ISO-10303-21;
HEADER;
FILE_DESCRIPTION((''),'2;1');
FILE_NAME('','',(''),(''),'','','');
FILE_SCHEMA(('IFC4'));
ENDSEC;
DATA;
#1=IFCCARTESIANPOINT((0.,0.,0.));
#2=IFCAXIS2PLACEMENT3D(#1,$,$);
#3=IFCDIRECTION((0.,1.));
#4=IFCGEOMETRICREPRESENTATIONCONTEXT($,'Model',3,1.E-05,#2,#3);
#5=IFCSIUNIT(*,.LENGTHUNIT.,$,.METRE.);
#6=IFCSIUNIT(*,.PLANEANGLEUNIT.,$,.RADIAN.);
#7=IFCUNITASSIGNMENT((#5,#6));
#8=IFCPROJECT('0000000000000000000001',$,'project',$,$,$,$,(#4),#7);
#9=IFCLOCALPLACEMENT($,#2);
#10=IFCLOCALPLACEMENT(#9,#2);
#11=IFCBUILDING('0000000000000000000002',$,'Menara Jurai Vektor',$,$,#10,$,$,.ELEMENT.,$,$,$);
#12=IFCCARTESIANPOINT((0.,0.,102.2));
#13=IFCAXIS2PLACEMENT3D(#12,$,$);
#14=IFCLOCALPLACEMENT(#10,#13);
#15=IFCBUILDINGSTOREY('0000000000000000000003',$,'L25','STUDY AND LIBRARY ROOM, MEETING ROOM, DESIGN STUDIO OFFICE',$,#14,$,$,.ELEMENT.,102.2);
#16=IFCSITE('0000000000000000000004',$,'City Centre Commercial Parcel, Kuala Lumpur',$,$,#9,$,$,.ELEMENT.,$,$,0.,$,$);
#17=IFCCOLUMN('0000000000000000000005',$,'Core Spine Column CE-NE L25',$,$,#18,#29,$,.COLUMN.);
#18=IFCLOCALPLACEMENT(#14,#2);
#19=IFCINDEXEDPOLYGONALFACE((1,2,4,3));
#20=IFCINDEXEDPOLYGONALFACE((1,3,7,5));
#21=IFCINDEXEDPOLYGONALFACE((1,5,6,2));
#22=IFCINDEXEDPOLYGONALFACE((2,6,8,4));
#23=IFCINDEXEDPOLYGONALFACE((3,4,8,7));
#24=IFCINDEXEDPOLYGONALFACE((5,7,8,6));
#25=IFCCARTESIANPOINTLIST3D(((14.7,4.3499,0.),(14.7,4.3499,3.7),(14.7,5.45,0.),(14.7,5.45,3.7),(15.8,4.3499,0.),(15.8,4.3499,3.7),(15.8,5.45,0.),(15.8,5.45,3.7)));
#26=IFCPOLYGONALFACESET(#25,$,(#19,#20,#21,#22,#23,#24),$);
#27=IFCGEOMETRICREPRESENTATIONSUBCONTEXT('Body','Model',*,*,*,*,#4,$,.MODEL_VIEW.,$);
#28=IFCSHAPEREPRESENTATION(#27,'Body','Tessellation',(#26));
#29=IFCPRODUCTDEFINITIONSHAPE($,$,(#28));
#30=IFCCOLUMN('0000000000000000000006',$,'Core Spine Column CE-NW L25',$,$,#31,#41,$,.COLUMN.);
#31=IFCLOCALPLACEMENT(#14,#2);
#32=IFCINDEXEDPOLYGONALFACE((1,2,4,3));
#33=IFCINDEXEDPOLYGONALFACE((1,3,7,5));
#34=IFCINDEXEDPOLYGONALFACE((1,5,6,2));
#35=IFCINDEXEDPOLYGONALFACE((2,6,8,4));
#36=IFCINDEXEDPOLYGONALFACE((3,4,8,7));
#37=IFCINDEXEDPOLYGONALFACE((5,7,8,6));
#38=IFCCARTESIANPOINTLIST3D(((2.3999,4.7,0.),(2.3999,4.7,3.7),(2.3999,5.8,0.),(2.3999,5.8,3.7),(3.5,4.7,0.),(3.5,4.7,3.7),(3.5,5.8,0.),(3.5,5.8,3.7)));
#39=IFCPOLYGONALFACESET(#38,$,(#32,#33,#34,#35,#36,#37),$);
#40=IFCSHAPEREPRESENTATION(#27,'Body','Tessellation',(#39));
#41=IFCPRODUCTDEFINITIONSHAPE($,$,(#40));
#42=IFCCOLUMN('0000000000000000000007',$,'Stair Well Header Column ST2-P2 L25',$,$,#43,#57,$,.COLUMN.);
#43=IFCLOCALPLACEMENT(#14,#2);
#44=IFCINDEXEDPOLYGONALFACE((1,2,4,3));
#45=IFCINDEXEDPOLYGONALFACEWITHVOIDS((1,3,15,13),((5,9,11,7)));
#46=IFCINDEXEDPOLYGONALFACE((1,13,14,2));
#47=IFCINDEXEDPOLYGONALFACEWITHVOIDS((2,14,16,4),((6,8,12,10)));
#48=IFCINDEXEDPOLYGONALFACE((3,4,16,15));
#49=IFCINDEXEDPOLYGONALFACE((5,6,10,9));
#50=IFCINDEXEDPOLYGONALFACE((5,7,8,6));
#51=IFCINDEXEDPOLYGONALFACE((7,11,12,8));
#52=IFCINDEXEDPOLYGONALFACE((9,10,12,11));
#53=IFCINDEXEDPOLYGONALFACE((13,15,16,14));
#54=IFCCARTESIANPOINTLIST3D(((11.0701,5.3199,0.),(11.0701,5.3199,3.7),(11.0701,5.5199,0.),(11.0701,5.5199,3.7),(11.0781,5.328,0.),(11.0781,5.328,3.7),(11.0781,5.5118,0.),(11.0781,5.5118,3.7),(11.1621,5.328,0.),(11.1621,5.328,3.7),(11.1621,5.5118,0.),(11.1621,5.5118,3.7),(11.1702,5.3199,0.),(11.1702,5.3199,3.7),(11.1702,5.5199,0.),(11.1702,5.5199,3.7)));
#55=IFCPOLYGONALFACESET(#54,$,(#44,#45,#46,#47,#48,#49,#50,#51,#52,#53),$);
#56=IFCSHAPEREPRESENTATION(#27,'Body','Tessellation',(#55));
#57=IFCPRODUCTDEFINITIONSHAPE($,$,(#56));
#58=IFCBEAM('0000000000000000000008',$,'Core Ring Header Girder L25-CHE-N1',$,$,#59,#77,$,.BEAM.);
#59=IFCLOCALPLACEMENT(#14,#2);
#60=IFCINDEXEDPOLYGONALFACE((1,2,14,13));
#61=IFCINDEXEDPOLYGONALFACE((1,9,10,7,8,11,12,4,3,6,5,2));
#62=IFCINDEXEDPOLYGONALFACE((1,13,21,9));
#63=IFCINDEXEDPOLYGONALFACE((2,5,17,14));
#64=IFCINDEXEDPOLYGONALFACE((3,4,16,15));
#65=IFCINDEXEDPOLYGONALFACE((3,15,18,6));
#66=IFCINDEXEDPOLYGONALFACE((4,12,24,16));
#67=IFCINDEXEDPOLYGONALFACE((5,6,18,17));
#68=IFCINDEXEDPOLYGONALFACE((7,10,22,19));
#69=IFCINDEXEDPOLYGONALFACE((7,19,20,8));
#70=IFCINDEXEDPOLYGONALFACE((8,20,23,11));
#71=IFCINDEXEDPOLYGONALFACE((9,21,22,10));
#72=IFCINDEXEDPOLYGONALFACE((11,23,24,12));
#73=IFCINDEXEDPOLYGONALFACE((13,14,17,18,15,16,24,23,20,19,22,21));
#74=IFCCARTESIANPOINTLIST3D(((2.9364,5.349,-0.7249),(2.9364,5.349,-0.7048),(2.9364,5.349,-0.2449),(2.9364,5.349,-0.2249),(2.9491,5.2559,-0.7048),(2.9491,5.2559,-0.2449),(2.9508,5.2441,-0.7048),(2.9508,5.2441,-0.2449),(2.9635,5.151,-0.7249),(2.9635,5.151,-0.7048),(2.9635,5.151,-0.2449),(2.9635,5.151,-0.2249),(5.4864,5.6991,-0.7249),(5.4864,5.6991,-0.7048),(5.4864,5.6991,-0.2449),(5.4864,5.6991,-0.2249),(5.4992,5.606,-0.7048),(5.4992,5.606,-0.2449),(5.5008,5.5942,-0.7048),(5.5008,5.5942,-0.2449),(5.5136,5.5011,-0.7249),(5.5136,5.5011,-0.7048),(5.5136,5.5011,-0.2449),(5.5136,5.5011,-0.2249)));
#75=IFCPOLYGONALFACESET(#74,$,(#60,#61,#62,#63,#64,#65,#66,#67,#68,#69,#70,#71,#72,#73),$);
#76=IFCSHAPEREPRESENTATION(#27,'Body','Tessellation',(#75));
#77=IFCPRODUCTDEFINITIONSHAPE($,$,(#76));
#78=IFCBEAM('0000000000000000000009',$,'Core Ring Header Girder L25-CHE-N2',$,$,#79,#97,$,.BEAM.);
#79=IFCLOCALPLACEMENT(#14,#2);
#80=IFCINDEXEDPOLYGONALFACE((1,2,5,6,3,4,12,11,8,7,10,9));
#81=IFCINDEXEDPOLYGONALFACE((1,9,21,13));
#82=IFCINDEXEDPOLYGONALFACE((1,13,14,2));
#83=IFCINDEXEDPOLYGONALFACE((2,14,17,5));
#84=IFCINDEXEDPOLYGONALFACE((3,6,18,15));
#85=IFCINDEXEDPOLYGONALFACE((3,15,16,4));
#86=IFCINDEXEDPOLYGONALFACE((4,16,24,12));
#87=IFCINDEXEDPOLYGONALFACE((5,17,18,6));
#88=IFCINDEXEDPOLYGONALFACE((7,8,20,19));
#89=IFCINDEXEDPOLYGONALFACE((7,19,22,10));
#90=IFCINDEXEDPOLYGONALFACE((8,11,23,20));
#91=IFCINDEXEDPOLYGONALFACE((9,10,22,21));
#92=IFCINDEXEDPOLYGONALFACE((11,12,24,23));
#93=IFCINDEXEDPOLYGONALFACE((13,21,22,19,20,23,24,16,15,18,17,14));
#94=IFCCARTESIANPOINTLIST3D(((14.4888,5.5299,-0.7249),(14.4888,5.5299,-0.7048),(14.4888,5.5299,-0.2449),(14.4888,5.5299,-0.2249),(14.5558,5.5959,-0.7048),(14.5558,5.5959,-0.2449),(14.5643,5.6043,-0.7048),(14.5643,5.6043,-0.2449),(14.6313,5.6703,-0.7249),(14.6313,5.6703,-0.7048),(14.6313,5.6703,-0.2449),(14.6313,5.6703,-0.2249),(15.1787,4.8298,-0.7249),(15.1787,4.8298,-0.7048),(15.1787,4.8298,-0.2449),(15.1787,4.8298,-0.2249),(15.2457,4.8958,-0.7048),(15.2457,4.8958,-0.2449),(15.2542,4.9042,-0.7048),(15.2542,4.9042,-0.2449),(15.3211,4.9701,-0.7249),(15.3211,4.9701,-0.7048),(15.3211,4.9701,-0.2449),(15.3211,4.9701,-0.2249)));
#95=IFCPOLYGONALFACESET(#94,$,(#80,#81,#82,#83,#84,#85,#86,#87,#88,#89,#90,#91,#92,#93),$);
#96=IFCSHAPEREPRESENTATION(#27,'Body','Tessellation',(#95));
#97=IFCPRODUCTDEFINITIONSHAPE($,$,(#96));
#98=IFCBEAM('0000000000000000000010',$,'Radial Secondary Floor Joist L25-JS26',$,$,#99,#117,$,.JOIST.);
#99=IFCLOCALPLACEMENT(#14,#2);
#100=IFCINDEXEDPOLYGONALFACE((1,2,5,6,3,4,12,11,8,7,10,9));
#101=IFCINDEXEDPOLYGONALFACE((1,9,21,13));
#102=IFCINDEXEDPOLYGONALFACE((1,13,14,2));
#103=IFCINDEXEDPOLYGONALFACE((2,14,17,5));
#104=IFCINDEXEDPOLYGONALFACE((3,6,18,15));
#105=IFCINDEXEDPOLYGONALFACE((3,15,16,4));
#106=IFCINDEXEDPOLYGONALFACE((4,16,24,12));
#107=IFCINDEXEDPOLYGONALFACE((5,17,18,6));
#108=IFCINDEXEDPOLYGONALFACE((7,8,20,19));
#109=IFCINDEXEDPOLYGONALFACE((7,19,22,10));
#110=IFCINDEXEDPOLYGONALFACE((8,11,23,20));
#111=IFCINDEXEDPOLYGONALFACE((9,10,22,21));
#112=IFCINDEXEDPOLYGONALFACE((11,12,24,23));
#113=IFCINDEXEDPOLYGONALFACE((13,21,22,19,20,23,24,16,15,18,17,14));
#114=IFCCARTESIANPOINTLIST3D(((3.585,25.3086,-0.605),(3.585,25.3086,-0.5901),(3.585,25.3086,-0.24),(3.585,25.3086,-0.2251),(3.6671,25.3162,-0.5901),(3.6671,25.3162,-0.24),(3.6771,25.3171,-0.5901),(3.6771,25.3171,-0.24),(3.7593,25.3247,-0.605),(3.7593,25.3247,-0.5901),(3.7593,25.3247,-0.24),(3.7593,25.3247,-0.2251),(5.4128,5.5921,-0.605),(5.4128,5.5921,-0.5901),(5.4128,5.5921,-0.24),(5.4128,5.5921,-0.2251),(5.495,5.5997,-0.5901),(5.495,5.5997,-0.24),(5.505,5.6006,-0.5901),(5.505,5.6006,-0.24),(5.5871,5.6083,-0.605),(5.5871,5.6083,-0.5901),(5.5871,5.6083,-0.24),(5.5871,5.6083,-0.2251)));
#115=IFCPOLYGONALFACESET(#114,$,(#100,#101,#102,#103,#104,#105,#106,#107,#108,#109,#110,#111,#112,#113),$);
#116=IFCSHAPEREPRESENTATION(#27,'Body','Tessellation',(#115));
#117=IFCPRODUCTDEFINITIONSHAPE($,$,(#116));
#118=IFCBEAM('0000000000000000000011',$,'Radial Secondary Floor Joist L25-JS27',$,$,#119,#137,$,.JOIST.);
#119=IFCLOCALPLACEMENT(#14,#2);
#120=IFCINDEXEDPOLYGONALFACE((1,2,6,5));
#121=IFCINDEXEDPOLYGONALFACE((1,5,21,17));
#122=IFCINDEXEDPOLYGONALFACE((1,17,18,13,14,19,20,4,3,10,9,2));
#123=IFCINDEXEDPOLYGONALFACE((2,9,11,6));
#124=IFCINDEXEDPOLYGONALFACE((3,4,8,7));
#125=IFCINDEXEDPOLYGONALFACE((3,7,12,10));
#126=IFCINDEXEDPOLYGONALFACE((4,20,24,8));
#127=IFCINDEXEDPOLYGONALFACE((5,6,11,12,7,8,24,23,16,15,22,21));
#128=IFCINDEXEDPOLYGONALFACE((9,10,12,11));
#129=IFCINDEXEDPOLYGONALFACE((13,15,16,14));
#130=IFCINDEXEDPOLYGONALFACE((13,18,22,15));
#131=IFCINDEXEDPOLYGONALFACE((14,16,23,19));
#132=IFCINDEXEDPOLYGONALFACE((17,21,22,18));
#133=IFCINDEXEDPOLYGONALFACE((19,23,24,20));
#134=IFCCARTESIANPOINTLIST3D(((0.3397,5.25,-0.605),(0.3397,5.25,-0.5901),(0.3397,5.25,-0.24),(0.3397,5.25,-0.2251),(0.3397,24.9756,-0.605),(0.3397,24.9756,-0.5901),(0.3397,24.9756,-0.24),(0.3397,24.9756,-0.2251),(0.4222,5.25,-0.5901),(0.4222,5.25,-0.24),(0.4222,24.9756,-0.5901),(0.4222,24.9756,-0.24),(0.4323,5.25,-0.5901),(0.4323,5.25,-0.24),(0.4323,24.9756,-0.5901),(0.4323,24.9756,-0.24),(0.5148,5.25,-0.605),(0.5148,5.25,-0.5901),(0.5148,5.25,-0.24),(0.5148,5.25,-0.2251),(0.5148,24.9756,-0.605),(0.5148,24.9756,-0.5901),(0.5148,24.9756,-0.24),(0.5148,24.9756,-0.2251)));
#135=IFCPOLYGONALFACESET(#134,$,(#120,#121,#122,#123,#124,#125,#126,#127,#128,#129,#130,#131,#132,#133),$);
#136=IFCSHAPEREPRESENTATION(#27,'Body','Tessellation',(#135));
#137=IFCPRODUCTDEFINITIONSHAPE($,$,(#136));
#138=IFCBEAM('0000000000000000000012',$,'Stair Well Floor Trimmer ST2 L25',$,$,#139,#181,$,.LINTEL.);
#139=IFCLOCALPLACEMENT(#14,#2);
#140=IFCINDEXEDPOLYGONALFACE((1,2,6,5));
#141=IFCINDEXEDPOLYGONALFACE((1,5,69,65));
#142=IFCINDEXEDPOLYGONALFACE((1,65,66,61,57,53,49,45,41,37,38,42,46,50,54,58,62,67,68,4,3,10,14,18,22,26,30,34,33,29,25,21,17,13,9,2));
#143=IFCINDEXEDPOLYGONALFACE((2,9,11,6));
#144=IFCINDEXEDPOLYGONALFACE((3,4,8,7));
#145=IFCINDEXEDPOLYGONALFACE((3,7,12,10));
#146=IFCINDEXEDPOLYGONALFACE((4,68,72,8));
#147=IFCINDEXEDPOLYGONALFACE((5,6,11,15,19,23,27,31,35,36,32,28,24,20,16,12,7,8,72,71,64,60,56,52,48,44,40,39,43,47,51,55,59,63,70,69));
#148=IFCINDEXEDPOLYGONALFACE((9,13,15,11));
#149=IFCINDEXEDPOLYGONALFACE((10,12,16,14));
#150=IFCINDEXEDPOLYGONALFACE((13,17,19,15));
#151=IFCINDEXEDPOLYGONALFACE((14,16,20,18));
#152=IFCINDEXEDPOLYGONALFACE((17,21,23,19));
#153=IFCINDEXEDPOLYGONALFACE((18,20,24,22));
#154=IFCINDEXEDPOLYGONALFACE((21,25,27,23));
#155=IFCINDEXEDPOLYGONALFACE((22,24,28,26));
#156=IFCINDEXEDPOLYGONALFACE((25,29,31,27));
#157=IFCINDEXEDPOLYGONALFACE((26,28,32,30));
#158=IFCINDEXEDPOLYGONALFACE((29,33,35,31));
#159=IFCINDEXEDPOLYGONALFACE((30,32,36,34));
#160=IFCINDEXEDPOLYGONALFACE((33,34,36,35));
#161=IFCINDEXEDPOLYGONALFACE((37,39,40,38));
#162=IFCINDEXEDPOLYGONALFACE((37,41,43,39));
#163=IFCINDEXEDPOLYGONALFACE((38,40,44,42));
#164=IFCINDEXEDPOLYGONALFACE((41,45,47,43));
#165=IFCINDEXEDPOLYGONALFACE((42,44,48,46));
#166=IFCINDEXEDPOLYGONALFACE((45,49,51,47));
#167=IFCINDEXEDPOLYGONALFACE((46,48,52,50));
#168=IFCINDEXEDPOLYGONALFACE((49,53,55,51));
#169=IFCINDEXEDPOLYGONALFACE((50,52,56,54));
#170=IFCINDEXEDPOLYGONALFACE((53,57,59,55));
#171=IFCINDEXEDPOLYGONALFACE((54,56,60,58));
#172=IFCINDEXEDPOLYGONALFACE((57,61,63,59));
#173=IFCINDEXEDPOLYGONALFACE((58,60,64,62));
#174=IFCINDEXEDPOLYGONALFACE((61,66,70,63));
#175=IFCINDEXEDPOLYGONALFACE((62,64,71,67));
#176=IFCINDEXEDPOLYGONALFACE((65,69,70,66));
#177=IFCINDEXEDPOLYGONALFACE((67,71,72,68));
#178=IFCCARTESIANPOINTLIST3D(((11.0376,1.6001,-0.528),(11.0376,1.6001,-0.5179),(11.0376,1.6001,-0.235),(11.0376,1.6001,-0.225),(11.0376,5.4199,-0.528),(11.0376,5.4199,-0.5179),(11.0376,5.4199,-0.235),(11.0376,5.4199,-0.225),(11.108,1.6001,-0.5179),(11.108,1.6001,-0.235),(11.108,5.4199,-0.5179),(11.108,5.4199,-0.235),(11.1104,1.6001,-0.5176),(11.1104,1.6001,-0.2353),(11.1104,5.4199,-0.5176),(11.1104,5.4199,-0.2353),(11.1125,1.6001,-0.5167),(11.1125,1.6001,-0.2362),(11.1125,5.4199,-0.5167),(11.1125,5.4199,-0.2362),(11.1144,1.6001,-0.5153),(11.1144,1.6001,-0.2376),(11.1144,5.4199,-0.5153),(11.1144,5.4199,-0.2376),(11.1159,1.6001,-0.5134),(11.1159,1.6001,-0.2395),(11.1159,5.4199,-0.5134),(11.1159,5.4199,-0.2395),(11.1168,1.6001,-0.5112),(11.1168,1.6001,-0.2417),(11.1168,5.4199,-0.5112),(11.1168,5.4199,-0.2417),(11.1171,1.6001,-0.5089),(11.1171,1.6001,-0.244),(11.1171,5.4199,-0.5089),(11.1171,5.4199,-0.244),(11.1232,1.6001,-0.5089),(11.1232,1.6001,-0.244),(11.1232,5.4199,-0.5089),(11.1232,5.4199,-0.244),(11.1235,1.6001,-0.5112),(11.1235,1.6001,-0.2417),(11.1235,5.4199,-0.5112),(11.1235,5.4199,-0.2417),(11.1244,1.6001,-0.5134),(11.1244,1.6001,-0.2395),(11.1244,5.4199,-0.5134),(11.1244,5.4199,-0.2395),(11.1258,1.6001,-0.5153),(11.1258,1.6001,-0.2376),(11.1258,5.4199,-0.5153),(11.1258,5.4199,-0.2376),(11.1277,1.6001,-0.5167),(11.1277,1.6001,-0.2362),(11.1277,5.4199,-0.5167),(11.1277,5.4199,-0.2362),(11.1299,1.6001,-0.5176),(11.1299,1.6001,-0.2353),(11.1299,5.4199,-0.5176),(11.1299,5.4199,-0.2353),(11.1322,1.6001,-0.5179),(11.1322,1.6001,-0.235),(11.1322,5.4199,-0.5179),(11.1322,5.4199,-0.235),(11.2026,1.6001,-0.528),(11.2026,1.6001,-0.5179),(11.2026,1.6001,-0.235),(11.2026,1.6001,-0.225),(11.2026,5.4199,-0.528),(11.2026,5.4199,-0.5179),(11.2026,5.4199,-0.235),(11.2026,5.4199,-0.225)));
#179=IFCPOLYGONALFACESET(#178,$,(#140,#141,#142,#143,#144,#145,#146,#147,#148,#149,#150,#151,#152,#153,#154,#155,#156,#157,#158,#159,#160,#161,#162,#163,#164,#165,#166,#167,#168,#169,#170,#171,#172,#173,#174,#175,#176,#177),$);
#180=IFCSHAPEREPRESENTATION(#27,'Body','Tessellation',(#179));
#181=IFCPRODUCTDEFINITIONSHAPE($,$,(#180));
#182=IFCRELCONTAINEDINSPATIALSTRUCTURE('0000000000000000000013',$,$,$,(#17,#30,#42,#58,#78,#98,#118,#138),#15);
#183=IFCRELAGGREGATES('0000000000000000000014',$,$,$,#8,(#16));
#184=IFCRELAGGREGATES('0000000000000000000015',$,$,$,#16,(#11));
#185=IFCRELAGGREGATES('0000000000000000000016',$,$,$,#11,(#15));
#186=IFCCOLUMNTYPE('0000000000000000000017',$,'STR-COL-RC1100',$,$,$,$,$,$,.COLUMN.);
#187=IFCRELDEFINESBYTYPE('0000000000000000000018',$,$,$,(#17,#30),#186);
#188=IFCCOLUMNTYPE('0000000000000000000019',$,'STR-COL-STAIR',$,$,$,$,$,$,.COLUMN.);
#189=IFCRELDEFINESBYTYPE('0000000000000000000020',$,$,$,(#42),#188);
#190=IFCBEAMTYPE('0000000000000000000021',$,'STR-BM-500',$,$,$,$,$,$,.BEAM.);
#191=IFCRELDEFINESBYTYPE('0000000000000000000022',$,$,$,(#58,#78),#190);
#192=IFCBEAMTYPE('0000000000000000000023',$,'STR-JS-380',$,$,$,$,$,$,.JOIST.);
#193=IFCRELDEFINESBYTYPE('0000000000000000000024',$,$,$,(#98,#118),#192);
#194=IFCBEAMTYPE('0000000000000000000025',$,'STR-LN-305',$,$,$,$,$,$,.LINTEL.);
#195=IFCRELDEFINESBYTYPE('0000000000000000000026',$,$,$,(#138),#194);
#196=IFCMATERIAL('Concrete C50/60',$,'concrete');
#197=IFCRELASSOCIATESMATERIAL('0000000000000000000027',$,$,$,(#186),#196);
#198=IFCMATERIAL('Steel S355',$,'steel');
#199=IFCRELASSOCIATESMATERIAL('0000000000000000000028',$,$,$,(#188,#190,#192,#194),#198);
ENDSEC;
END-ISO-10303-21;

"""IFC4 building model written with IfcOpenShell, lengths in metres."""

from ifc_helpers import new_model, si_unit, direction, frame, origin, origin_2d, place, context, subcontext, project, spatial, rectangle, hollow_rectangle, i_section, extrude, material, material_profile, profile_set, type_object, element, save


model = new_model("IFC4")

# Units and contexts
model_context = context("Model", 3, precision=1e-05, world=origin(), true_north=direction((0.0, 1.0)))
body_context = subcontext(model_context, "Body", "Model", "MODEL_VIEW")
ifc_project = project(units=[si_unit("LENGTHUNIT", "METRE"), si_unit("PLANEANGLEUNIT", "RADIAN")], contexts=[model_context])

# Site, building, storey
site_placement = place(None, origin())
site = spatial("IfcSite", under=ifc_project, at=site_placement, Name="City Centre Commercial Parcel, Kuala Lumpur", CompositionType="ELEMENT", RefElevation=0.0)
building_placement = place(site_placement, origin())
building = spatial("IfcBuilding", under=site, at=building_placement, Name="Menara Jurai Vektor", CompositionType="ELEMENT")
storey_placement = place(building_placement, frame((0.0, 0.0, 102.2)))
storey = spatial("IfcBuildingStorey", under=building, at=storey_placement, Name="L25", Description="STUDY AND LIBRARY ROOM, MEETING ROOM, DESIGN STUDIO OFFICE", CompositionType="ELEMENT", Elevation=102.2)

# Columns
ifc_material_1 = material(Name="Concrete C50/60", Category="concrete")
ifc_material_profile_1 = material_profile(ifc_material_1, rectangle(XDim=1.1001, YDim=1.1001, at=origin_2d()), Name="RC 1100x1100")
ifc_profile_set_1 = profile_set([ifc_material_profile_1], Name="Concrete C50/60")
column_type_1 = type_object("IfcColumnType", Name="STR-COL-RC1100", PredefinedType="COLUMN", material=ifc_profile_set_1)
for number, where, z_axis, x_axis, name in (
    (1, (15.25, 4.8999, 0.0), (0.0, 0.0, 1.0), (1.0, 0.0, 0.0), "Core Spine Column CE-NE L25"),
    (2, (2.95, 5.25, 0.0), (0.0, 0.0, 1.0), (1.0, 0.0, 0.0), "Core Spine Column CE-NW L25"),
):
    element("IfcColumn", number, at=place(storey_placement, frame(where, z_axis=z_axis, x_axis=x_axis)), inside=storey, type_object=column_type_1, Name=name, PredefinedType="COLUMN", context=body_context, shape_type="SweptSolid", body=[
        extrude(rectangle(XDim=1.1001, YDim=1.1001, at=origin_2d()), origin(), (0.0, 0.0, 1.0), 3.7),
    ])
ifc_material_2 = material(Name="Steel S355", Category="steel")
ifc_material_profile_2 = material_profile(ifc_material_2, hollow_rectangle(XDim=0.1001, YDim=0.2, WallThickness=0.0081, at=origin_2d()), Name="RHS 200x100x8")
ifc_profile_set_2 = profile_set([ifc_material_profile_2], Name="Steel S355")
column_type_2 = type_object("IfcColumnType", Name="STR-COL-STAIR", PredefinedType="COLUMN", material=ifc_profile_set_2)
column_placement = place(storey_placement, frame((11.1201, 5.4199, 0.0), z_axis=(0.0, 0.0, 1.0), x_axis=(1.0, 0.0, 0.0)))
element("IfcColumn", 3, at=column_placement, inside=storey, type_object=column_type_2, Name="Stair Well Header Column ST2-P2 L25", PredefinedType="COLUMN", context=body_context, shape_type="SweptSolid", body=[
    extrude(hollow_rectangle(XDim=0.1001, YDim=0.2, WallThickness=0.0081, at=origin_2d()), origin(), (0.0, 0.0, 1.0), 3.7),
])

# Beams
ifc_material_profile_3 = material_profile(ifc_material_2, i_section(OverallWidth=0.2, OverallDepth=0.5, WebThickness=0.012, FlangeThickness=0.02, at=origin_2d()), Name="PG 500x200x96")
ifc_profile_set_3 = profile_set([ifc_material_profile_3], Name="Steel S355")
beam_type_1 = type_object("IfcBeamType", Name="STR-BM-500", PredefinedType="BEAM", material=ifc_profile_set_3)
beam_1_placement = place(storey_placement, frame((2.95, 5.25, -0.4749), z_axis=(0.990707, 0.136015, 0.0), x_axis=(-0.136015, 0.990707, 0.0)))
element("IfcBeam", 4, at=beam_1_placement, inside=storey, type_object=beam_type_1, Name="Core Ring Header Girder L25-CHE-N1", PredefinedType="BEAM", context=body_context, shape_type="SweptSolid", body=[
    extrude(i_section(OverallWidth=0.2, OverallDepth=0.5, WebThickness=0.012, FlangeThickness=0.02, at=origin_2d()), origin(), (0.0, 0.0, 1.0), 2.574),
])
beam_2_placement = place(storey_placement, frame((14.5601, 5.6001, -0.4749), z_axis=(0.701872, -0.712303, 0.0), x_axis=(0.712303, 0.701872, 0.0)))
element("IfcBeam", 5, at=beam_2_placement, inside=storey, type_object=beam_type_1, Name="Core Ring Header Girder L25-CHE-N2", PredefinedType="BEAM", context=body_context, shape_type="SweptSolid", body=[
    extrude(i_section(OverallWidth=0.2, OverallDepth=0.5, WebThickness=0.012, FlangeThickness=0.02, at=origin_2d()), origin(), (0.0, 0.0, 1.0), 0.9829),
])
ifc_material_profile_4 = material_profile(ifc_material_2, i_section(OverallWidth=0.175, OverallDepth=0.3799, WebThickness=0.01, FlangeThickness=0.0149, at=origin_2d()), Name="PG 380x175x58")
ifc_profile_set_4 = profile_set([ifc_material_profile_4], Name="Steel S355")
beam_type_2 = type_object("IfcBeamType", Name="STR-JS-380", PredefinedType="JOIST", material=ifc_profile_set_4)
beam_3_placement = place(storey_placement, frame((3.6721, 25.3167, -0.415), z_axis=(0.092312, -0.99573, 0.0), x_axis=(0.99573, 0.092312, 0.0)))
element("IfcBeam", 6, at=beam_3_placement, inside=storey, type_object=beam_type_2, Name="Radial Secondary Floor Joist L25-JS26", PredefinedType="JOIST", context=body_context, shape_type="SweptSolid", body=[
    extrude(i_section(OverallWidth=0.175, OverallDepth=0.3799, WebThickness=0.01, FlangeThickness=0.0149, at=origin_2d()), origin(), (0.0, 0.0, 1.0), 19.801),
])
beam_4_placement = place(storey_placement, frame((0.4272, 24.9756, -0.415), z_axis=(0.0, -1.0, 0.0), x_axis=(1.0, 0.0, 0.0)))
element("IfcBeam", 7, at=beam_4_placement, inside=storey, type_object=beam_type_2, Name="Radial Secondary Floor Joist L25-JS27", PredefinedType="JOIST", context=body_context, shape_type="SweptSolid", body=[
    extrude(i_section(OverallWidth=0.175, OverallDepth=0.3799, WebThickness=0.01, FlangeThickness=0.0149, at=origin_2d()), origin(), (0.0, 0.0, 1.0), 19.7256),
])
ifc_material_profile_5 = material_profile(ifc_material_2, i_section(OverallWidth=0.165, OverallDepth=0.303, WebThickness=0.0061, FlangeThickness=0.01, FilletRadius=0.009, at=origin_2d()), Name="UKB 305x165x40")
ifc_profile_set_5 = profile_set([ifc_material_profile_5], Name="Steel S355")
beam_type_3 = type_object("IfcBeamType", Name="STR-LN-305", PredefinedType="LINTEL", material=ifc_profile_set_5)
beam_5_placement = place(storey_placement, frame((11.1201, 1.6001, -0.3765), z_axis=(0.0, 1.0, 0.0), x_axis=(-1.0, 0.0, 0.0)))
element("IfcBeam", 8, at=beam_5_placement, inside=storey, type_object=beam_type_3, Name="Stair Well Floor Trimmer ST2 L25", PredefinedType="LINTEL", context=body_context, shape_type="SweptSolid", body=[
    extrude(i_section(OverallWidth=0.165, OverallDepth=0.303, WebThickness=0.0061, FlangeThickness=0.01, FilletRadius=0.009, at=origin_2d()), origin(), (0.0, 0.0, 1.0), 3.8198),
])

save(model, "model.ifc")
